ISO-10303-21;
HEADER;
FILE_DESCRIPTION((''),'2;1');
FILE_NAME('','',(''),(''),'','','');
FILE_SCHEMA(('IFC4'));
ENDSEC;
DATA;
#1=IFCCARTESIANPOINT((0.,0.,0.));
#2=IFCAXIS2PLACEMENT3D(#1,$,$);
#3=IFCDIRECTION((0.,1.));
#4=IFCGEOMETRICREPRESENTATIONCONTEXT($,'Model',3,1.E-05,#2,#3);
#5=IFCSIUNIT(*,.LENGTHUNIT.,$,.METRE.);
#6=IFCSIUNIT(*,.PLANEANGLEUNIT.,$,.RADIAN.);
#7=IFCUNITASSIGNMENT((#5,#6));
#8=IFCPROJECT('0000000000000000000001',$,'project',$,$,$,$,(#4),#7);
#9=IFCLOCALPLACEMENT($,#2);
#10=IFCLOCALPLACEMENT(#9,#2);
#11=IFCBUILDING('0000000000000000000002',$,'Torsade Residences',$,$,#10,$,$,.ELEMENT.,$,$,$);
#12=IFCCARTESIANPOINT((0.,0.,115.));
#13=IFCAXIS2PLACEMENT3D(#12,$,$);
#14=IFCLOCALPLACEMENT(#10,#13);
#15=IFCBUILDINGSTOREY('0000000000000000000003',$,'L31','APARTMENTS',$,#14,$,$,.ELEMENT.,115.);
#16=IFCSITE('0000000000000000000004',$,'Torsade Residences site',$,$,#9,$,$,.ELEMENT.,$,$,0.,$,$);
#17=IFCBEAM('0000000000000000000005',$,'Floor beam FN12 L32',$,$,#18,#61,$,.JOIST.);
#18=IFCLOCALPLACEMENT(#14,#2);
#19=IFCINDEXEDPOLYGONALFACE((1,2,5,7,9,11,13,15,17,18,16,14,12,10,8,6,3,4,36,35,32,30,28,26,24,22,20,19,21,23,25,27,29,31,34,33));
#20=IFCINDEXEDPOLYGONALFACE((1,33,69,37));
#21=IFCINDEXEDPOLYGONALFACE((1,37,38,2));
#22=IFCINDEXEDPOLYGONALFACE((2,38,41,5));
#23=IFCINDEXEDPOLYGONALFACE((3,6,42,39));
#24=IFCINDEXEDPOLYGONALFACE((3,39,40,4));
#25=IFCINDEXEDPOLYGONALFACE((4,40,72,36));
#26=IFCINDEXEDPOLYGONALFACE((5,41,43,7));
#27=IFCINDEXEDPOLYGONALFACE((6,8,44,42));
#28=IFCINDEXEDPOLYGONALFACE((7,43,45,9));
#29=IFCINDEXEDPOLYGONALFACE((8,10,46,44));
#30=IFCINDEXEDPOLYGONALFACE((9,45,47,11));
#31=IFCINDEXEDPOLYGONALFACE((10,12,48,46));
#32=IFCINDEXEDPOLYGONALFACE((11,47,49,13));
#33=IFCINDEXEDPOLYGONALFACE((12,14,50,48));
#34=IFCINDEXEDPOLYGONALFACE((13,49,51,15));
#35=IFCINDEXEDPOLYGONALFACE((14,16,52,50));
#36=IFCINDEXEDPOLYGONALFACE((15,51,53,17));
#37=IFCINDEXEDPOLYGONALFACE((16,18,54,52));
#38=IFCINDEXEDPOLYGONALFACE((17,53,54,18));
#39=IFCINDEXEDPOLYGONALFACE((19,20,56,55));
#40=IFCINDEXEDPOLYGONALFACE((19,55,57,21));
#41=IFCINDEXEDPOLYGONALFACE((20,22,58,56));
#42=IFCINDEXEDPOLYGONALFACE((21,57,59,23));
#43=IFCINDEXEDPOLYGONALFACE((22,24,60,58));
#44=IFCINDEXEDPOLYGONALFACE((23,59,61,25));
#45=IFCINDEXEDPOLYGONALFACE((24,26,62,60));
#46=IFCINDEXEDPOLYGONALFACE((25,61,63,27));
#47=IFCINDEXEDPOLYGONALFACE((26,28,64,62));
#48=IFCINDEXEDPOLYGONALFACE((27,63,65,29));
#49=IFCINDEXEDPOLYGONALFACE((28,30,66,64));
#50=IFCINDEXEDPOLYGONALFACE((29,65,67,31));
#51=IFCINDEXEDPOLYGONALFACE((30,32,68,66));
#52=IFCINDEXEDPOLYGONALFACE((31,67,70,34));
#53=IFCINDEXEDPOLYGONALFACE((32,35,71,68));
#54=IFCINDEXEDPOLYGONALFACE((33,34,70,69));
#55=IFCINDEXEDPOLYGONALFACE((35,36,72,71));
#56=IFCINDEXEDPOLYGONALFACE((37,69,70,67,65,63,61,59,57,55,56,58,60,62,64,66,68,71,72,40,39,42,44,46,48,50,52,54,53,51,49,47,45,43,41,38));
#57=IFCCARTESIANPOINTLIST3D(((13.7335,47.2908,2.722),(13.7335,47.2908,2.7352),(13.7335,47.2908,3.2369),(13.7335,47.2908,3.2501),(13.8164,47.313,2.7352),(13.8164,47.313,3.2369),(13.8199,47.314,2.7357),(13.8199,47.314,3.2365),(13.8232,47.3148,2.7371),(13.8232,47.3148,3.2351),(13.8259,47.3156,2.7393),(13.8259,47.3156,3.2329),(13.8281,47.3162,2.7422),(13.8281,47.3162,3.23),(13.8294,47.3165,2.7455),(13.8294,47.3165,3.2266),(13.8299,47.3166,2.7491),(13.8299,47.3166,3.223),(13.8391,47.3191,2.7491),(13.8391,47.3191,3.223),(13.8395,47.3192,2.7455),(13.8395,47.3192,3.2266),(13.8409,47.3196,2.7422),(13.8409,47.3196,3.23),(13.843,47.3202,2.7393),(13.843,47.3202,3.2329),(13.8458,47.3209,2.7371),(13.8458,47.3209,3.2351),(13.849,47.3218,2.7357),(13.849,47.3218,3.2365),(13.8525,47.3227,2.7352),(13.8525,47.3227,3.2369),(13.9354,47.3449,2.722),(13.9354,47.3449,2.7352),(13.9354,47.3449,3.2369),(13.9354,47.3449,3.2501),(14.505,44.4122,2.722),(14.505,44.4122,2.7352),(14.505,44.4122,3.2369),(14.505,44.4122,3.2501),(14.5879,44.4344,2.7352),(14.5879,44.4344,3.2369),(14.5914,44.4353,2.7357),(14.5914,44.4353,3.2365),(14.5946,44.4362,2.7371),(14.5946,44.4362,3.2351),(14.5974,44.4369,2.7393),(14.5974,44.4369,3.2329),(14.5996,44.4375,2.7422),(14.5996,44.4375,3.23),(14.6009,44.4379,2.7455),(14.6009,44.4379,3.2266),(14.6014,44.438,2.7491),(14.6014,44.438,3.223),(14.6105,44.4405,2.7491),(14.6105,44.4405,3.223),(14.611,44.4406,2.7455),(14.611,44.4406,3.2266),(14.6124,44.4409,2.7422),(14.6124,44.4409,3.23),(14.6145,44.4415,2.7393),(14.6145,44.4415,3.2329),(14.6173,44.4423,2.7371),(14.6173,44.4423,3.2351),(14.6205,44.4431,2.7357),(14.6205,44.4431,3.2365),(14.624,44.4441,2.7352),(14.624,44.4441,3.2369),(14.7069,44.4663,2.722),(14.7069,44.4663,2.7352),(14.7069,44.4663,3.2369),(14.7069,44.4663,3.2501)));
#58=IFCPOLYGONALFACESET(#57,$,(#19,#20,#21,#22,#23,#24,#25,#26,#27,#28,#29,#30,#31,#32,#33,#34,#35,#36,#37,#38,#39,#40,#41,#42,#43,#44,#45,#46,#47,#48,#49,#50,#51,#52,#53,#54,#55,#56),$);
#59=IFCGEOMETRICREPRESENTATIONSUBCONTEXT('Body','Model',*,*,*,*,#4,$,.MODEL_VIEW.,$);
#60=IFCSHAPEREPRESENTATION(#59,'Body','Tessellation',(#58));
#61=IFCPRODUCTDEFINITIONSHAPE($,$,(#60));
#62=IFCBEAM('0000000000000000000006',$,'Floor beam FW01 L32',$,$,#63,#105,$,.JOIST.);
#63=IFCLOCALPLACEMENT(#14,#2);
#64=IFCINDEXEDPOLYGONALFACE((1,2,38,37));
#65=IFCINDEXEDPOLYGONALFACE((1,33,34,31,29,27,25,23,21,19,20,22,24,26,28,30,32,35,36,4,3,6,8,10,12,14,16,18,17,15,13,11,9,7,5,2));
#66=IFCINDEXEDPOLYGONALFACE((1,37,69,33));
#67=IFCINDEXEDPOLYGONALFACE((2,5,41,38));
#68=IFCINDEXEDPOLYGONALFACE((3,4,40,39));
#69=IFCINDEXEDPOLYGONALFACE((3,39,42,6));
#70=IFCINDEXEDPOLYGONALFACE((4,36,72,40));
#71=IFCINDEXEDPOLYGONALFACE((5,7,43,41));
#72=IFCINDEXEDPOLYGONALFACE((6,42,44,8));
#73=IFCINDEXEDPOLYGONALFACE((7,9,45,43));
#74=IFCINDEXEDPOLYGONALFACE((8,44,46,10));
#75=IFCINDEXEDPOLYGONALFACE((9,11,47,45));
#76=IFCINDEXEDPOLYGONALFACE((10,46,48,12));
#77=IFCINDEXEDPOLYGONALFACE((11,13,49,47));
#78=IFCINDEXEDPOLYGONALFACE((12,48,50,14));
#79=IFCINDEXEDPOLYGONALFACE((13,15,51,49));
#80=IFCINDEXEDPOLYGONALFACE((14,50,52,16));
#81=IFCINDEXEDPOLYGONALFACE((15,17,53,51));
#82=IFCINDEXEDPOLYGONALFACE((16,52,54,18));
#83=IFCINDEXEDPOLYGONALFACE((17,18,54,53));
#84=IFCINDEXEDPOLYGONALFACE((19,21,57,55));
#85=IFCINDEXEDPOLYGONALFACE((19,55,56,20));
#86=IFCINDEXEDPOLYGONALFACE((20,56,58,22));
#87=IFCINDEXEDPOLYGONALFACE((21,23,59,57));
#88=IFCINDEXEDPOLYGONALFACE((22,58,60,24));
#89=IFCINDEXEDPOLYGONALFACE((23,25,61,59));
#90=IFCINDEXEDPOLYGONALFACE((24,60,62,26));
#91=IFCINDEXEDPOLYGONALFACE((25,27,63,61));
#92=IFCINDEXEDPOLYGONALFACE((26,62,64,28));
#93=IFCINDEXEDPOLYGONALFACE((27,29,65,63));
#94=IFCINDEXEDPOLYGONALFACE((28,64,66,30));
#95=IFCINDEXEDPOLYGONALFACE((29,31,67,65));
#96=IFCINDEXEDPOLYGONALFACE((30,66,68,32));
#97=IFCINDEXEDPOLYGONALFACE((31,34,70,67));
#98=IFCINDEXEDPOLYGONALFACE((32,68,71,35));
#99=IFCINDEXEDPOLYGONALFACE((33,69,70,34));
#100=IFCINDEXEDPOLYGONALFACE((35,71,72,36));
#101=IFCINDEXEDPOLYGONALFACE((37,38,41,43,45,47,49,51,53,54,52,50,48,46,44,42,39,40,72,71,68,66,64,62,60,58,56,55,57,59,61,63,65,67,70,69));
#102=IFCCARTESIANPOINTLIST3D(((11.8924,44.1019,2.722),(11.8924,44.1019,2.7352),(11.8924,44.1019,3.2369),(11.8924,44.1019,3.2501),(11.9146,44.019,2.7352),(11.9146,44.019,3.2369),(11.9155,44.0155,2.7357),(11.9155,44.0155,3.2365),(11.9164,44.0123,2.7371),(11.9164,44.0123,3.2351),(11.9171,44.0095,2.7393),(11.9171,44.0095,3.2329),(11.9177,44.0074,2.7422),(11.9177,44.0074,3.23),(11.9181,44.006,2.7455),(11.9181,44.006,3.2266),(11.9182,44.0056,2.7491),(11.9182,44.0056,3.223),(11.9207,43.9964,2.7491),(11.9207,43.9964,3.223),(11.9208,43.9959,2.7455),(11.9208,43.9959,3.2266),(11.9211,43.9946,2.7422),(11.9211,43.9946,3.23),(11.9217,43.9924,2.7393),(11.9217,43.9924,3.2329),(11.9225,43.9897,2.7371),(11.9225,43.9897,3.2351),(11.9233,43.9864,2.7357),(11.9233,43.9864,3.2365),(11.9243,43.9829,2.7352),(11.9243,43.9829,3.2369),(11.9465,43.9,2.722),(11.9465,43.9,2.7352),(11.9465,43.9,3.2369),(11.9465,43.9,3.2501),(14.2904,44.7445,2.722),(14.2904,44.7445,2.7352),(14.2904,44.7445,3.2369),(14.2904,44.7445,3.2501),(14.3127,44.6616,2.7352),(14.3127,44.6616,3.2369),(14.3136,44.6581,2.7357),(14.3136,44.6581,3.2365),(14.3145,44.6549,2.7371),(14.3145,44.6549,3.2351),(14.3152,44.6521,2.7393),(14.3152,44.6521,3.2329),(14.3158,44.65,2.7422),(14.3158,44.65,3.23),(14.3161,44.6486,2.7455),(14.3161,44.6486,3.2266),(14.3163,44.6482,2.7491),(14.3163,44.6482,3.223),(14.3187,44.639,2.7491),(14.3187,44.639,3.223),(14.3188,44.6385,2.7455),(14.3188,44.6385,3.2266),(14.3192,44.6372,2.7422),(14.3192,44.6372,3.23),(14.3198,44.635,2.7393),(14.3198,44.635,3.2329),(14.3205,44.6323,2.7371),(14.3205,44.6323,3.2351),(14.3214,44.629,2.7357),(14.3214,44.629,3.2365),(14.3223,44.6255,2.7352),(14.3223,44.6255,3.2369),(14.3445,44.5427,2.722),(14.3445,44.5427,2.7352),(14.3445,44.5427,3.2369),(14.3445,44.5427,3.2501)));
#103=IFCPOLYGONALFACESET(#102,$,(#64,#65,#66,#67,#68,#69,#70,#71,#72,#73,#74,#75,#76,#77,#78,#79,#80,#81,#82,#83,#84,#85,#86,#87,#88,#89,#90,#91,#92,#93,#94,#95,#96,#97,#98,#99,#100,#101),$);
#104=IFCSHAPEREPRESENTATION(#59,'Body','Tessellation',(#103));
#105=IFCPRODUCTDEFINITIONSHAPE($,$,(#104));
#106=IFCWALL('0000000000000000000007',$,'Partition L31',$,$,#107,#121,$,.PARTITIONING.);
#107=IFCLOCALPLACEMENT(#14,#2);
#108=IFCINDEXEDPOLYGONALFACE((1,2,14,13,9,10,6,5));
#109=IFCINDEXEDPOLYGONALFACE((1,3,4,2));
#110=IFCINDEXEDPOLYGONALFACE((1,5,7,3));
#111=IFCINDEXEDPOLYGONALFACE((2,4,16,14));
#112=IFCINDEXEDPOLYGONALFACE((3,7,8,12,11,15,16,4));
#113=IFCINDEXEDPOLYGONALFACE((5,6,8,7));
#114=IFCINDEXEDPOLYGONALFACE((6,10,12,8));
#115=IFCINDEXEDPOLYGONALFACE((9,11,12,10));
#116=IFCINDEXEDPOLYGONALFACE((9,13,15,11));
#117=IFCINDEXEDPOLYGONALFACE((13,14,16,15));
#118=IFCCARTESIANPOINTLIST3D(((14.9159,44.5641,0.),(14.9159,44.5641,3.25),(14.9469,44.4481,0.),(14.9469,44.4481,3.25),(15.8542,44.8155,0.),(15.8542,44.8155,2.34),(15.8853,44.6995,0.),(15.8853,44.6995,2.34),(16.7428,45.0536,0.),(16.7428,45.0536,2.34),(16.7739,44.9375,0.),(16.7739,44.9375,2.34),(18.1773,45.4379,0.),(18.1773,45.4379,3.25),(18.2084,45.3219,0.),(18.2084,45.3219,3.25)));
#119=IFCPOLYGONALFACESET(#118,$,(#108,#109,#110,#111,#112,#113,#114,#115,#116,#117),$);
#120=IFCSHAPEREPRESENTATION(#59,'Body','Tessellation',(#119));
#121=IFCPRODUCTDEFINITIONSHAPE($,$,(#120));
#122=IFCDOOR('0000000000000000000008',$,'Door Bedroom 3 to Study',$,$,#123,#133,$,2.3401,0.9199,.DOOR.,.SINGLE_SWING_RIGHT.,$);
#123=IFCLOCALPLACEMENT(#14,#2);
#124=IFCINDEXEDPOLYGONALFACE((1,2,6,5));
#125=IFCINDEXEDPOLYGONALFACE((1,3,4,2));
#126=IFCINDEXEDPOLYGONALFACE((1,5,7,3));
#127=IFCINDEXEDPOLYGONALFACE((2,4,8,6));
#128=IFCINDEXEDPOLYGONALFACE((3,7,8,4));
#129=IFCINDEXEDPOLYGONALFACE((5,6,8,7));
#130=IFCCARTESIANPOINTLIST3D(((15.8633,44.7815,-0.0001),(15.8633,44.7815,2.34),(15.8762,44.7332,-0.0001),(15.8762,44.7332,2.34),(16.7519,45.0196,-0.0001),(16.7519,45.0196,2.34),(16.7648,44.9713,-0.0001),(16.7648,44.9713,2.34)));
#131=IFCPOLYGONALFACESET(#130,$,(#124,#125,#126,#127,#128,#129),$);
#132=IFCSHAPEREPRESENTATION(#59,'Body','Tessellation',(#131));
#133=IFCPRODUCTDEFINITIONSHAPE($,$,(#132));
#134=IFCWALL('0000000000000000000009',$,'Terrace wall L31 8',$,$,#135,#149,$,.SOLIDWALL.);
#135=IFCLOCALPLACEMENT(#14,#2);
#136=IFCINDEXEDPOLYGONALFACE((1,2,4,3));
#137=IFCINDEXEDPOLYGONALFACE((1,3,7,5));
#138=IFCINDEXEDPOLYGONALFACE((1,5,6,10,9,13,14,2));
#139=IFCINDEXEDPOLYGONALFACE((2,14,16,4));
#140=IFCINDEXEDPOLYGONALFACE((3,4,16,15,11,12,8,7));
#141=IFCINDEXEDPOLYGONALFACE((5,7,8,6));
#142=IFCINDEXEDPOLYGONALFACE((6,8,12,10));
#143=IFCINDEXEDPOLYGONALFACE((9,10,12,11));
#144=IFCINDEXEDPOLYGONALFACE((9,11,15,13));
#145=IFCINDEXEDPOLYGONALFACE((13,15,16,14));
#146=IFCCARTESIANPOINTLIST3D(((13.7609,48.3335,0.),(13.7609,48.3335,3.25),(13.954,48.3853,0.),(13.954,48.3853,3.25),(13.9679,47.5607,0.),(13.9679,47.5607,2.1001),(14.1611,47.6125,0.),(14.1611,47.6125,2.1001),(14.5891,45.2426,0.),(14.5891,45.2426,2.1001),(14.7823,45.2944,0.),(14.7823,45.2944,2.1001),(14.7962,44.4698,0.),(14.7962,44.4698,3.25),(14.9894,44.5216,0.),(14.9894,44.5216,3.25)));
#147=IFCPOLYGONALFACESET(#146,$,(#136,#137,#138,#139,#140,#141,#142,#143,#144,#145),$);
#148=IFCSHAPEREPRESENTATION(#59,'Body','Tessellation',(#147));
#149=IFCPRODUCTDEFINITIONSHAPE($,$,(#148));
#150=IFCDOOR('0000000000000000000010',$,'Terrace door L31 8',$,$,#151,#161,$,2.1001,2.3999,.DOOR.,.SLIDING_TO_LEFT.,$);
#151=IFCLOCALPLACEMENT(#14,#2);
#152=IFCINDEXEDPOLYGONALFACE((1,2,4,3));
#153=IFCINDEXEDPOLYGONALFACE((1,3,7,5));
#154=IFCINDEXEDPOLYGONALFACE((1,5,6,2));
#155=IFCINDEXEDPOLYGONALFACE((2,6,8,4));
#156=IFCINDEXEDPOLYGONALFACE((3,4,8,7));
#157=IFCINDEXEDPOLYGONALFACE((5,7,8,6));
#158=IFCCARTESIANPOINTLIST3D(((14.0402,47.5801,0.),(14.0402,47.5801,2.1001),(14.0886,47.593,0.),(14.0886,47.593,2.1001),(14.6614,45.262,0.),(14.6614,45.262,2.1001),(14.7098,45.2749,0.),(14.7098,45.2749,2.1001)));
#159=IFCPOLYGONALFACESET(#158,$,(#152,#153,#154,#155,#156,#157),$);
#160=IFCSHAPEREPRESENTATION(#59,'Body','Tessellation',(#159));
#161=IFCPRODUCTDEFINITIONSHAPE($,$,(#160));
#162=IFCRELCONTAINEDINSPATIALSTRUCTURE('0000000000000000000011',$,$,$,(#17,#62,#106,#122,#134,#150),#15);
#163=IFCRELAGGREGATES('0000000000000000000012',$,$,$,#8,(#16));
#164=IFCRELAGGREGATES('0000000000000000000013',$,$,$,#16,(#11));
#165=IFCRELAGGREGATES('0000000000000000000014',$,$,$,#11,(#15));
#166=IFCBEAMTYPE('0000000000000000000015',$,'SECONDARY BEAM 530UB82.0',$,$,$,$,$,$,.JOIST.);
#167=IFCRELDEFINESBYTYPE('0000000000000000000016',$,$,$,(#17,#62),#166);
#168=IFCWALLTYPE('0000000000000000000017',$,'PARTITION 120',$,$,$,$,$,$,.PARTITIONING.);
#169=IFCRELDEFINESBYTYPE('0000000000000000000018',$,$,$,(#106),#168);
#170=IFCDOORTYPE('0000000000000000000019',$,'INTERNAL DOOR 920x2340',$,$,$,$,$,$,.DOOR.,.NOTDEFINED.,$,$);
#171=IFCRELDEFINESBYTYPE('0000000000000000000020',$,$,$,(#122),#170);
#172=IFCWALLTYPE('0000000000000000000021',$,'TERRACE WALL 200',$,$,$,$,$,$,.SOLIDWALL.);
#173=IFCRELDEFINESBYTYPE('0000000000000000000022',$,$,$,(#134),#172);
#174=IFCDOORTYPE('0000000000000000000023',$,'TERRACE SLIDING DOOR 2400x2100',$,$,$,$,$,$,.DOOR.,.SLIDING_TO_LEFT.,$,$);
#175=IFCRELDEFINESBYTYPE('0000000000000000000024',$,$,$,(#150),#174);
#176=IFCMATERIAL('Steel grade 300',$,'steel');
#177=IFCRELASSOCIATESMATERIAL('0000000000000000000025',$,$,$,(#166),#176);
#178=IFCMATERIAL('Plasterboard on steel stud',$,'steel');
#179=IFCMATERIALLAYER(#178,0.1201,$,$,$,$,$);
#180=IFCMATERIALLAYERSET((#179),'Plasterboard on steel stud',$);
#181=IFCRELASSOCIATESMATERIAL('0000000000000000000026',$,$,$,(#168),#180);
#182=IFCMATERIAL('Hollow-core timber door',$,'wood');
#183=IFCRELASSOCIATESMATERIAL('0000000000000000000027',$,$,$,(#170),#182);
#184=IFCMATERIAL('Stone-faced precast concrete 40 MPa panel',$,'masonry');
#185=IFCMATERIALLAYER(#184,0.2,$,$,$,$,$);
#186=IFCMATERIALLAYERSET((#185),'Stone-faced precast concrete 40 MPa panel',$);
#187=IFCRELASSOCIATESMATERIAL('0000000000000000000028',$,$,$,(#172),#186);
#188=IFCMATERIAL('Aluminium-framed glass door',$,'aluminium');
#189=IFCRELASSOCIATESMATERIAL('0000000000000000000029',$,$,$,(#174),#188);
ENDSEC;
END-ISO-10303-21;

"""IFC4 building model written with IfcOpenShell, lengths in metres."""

from ifc_helpers import new_model, si_unit, direction, frame, frame_2d, origin, origin_2d, place, context, subcontext, project, spatial, rectangle, i_section, extrude, material, layer, layer_set, material_profile, profile_set, type_object, element, fill, save


model = new_model("IFC4")

# Units and contexts
model_context = context("Model", 3, precision=1e-05, world=origin(), true_north=direction((0.0, 1.0)))
body_context = subcontext(model_context, "Body", "Model", "MODEL_VIEW")
ifc_project = project(units=[si_unit("LENGTHUNIT", "METRE"), si_unit("PLANEANGLEUNIT", "RADIAN")], contexts=[model_context])

# Site, building, storey
site_placement = place(None, origin())
site = spatial("IfcSite", under=ifc_project, at=site_placement, Name="Torsade Residences site", CompositionType="ELEMENT", RefElevation=0.0)
building_placement = place(site_placement, origin())
building = spatial("IfcBuilding", under=site, at=building_placement, Name="Torsade Residences", CompositionType="ELEMENT")
storey_placement = place(building_placement, frame((0.0, 0.0, 115.0)))
storey = spatial("IfcBuildingStorey", under=building, at=storey_placement, Name="L31", Description="APARTMENTS", CompositionType="ELEMENT", Elevation=115.0)

# Beams
ifc_material_1 = material(Name="Steel grade 300", Category="steel")
ifc_material_profile_1 = material_profile(ifc_material_1, i_section(OverallWidth=0.209, OverallDepth=0.5281, WebThickness=0.0095, FlangeThickness=0.0132, FilletRadius=0.0139, at=origin_2d()), Name="530UB82.0")
ifc_profile_set_1 = profile_set([ifc_material_profile_1], Name="Steel grade 300")
beam_type_1 = type_object("IfcBeamType", Name="SECONDARY BEAM 530UB82.0", PredefinedType="JOIST", material=ifc_profile_set_1)
beam_1_placement = place(storey_placement, frame((13.8345, 47.3179, 2.9861), z_axis=(0.258866, -0.965913, 0.0), x_axis=(0.965913, 0.258866, 0.0)))
element("IfcBeam", 1, at=beam_1_placement, inside=storey, type_object=beam_type_1, Name="Floor beam FN12 L32", PredefinedType="JOIST", context=body_context, shape_type="SweptSolid", body=[
    extrude(i_section(OverallWidth=0.209, OverallDepth=0.5281, WebThickness=0.0095, FlangeThickness=0.0132, FilletRadius=0.0139, at=origin_2d()), origin(), (0.0, 0.0, 1.0), 2.9802),
])
beam_2_placement = place(storey_placement, frame((11.9194, 44.001, 2.9861), z_axis=(0.965921, 0.258838, 0.0), x_axis=(-0.258838, 0.965921, 0.0)))
element("IfcBeam", 2, at=beam_2_placement, inside=storey, type_object=beam_type_1, Name="Floor beam FW01 L32", PredefinedType="JOIST", context=body_context, shape_type="SweptSolid", body=[
    extrude(i_section(OverallWidth=0.209, OverallDepth=0.5281, WebThickness=0.0095, FlangeThickness=0.0132, FilletRadius=0.0139, at=origin_2d()), origin(), (0.0, 0.0, 1.0), 2.4827),
])

# Walls, openings, doors
ifc_material_2 = material(Name="Plasterboard on steel stud", Category="steel")
ifc_layer_1 = layer(ifc_material_2, 0.1201)
ifc_layer_set_1 = layer_set([ifc_layer_1], Name="Plasterboard on steel stud")
wall_type_1 = type_object("IfcWallType", Name="PARTITION 120", PredefinedType="PARTITIONING", material=ifc_layer_set_1)
wall_1_placement = place(storey_placement, frame((14.9314, 44.5061, 0.0), z_axis=(0.0, 0.0, 1.0), x_axis=(0.965935, 0.258783, 0.0)))
wall_1 = element("IfcWall", 3, at=wall_1_placement, inside=storey, type_object=wall_type_1, Name="Partition L31", PredefinedType="PARTITIONING", context=body_context, shape_type="SweptSolid", body=[
    extrude(rectangle(XDim=3.3765, YDim=0.1201, at=frame_2d((1.6882, 0.0))), origin(), (0.0, 0.0, 1.0), 3.25),
])
opening_1_placement = place(wall_1_placement, frame((0.9714, 0.0, 0.0)))
opening_1 = element("IfcOpeningElement", 4, at=opening_1_placement, cuts=wall_1, PredefinedType="OPENING", context=body_context, shape_type="SweptSolid", body=[
    extrude(rectangle(XDim=0.9199, YDim=2.3401, at=frame_2d((0.46, 1.1699))), frame((0.0, 0.0701, 0.0), z_axis=(0.0, -1.0, 0.0), x_axis=(1.0, 0.0, 0.0)), (0.0, 0.0, 1.0), 0.1401),
])
ifc_material_3 = material(Name="Hollow-core timber door", Category="wood")
door_type_1 = type_object("IfcDoorType", Name="INTERNAL DOOR 920x2340", OperationType="NOTDEFINED", PredefinedType="DOOR", material=ifc_material_3)
door_1_placement = place(opening_1_placement, origin())
door_1 = element("IfcDoor", 5, at=door_1_placement, inside=storey, type_object=door_type_1, Name="Door Bedroom 3 to Study", OperationType="SINGLE_SWING_RIGHT", OverallHeight=2.3401, OverallWidth=0.9199, PredefinedType="DOOR", context=body_context, shape_type="SweptSolid", body=[
    extrude(rectangle(XDim=0.9199, YDim=2.3401, at=frame_2d((0.46, 1.1699))), frame((0.0, 0.0249, 0.0), z_axis=(0.0, -1.0, 0.0), x_axis=(1.0, 0.0, 0.0)), (0.0, 0.0, 1.0), 0.05),
])
fill(opening_1, door_1)
ifc_material_4 = material(Name="Stone-faced precast concrete 40 MPa panel", Category="masonry")
ifc_layer_2 = layer(ifc_material_4, 0.2)
ifc_layer_set_2 = layer_set([ifc_layer_2], Name="Stone-faced precast concrete 40 MPa panel")
wall_type_2 = type_object("IfcWallType", Name="TERRACE WALL 200", PredefinedType="SOLIDWALL", material=ifc_layer_set_2)
wall_2_placement = place(storey_placement, frame((13.8574, 48.3594, 0.0), z_axis=(0.0, 0.0, 1.0), x_axis=(0.258844, -0.965919, 0.0)))
wall_2 = element("IfcWall", 6, at=wall_2_placement, inside=storey, type_object=wall_type_2, Name="Terrace wall L31 8", PredefinedType="SOLIDWALL", context=body_context, shape_type="SweptSolid", body=[
    extrude(rectangle(XDim=4.0, YDim=0.2, at=frame_2d((2.0, 0.0))), origin(), (0.0, 0.0, 1.0), 3.25),
])
opening_2_placement = place(wall_2_placement, frame((0.8, 0.0, 0.0)))
opening_2 = element("IfcOpeningElement", 7, at=opening_2_placement, cuts=wall_2, PredefinedType="OPENING", context=body_context, shape_type="SweptSolid", body=[
    extrude(rectangle(XDim=2.3999, YDim=2.1001, at=frame_2d((1.2, 1.05))), frame((0.0, 0.1099, 0.0), z_axis=(0.0, -1.0, 0.0), x_axis=(1.0, 0.0, 0.0)), (0.0, 0.0, 1.0), 0.22),
])
ifc_material_5 = material(Name="Aluminium-framed glass door", Category="aluminium")
door_type_2 = type_object("IfcDoorType", Name="TERRACE SLIDING DOOR 2400x2100", OperationType="SLIDING_TO_LEFT", PredefinedType="DOOR", material=ifc_material_5)
door_2_placement = place(opening_2_placement, origin())
door_2 = element("IfcDoor", 8, at=door_2_placement, inside=storey, type_object=door_type_2, Name="Terrace door L31 8", OperationType="SLIDING_TO_LEFT", OverallHeight=2.1001, OverallWidth=2.3999, PredefinedType="DOOR", context=body_context, shape_type="SweptSolid", body=[
    extrude(rectangle(XDim=2.3999, YDim=2.1001, at=frame_2d((1.2, 1.05))), frame((0.0, 0.0249, 0.0), z_axis=(0.0, -1.0, 0.0), x_axis=(1.0, 0.0, 0.0)), (0.0, 0.0, 1.0), 0.05),
])
fill(opening_2, door_2)

save(model, "model.ifc")
